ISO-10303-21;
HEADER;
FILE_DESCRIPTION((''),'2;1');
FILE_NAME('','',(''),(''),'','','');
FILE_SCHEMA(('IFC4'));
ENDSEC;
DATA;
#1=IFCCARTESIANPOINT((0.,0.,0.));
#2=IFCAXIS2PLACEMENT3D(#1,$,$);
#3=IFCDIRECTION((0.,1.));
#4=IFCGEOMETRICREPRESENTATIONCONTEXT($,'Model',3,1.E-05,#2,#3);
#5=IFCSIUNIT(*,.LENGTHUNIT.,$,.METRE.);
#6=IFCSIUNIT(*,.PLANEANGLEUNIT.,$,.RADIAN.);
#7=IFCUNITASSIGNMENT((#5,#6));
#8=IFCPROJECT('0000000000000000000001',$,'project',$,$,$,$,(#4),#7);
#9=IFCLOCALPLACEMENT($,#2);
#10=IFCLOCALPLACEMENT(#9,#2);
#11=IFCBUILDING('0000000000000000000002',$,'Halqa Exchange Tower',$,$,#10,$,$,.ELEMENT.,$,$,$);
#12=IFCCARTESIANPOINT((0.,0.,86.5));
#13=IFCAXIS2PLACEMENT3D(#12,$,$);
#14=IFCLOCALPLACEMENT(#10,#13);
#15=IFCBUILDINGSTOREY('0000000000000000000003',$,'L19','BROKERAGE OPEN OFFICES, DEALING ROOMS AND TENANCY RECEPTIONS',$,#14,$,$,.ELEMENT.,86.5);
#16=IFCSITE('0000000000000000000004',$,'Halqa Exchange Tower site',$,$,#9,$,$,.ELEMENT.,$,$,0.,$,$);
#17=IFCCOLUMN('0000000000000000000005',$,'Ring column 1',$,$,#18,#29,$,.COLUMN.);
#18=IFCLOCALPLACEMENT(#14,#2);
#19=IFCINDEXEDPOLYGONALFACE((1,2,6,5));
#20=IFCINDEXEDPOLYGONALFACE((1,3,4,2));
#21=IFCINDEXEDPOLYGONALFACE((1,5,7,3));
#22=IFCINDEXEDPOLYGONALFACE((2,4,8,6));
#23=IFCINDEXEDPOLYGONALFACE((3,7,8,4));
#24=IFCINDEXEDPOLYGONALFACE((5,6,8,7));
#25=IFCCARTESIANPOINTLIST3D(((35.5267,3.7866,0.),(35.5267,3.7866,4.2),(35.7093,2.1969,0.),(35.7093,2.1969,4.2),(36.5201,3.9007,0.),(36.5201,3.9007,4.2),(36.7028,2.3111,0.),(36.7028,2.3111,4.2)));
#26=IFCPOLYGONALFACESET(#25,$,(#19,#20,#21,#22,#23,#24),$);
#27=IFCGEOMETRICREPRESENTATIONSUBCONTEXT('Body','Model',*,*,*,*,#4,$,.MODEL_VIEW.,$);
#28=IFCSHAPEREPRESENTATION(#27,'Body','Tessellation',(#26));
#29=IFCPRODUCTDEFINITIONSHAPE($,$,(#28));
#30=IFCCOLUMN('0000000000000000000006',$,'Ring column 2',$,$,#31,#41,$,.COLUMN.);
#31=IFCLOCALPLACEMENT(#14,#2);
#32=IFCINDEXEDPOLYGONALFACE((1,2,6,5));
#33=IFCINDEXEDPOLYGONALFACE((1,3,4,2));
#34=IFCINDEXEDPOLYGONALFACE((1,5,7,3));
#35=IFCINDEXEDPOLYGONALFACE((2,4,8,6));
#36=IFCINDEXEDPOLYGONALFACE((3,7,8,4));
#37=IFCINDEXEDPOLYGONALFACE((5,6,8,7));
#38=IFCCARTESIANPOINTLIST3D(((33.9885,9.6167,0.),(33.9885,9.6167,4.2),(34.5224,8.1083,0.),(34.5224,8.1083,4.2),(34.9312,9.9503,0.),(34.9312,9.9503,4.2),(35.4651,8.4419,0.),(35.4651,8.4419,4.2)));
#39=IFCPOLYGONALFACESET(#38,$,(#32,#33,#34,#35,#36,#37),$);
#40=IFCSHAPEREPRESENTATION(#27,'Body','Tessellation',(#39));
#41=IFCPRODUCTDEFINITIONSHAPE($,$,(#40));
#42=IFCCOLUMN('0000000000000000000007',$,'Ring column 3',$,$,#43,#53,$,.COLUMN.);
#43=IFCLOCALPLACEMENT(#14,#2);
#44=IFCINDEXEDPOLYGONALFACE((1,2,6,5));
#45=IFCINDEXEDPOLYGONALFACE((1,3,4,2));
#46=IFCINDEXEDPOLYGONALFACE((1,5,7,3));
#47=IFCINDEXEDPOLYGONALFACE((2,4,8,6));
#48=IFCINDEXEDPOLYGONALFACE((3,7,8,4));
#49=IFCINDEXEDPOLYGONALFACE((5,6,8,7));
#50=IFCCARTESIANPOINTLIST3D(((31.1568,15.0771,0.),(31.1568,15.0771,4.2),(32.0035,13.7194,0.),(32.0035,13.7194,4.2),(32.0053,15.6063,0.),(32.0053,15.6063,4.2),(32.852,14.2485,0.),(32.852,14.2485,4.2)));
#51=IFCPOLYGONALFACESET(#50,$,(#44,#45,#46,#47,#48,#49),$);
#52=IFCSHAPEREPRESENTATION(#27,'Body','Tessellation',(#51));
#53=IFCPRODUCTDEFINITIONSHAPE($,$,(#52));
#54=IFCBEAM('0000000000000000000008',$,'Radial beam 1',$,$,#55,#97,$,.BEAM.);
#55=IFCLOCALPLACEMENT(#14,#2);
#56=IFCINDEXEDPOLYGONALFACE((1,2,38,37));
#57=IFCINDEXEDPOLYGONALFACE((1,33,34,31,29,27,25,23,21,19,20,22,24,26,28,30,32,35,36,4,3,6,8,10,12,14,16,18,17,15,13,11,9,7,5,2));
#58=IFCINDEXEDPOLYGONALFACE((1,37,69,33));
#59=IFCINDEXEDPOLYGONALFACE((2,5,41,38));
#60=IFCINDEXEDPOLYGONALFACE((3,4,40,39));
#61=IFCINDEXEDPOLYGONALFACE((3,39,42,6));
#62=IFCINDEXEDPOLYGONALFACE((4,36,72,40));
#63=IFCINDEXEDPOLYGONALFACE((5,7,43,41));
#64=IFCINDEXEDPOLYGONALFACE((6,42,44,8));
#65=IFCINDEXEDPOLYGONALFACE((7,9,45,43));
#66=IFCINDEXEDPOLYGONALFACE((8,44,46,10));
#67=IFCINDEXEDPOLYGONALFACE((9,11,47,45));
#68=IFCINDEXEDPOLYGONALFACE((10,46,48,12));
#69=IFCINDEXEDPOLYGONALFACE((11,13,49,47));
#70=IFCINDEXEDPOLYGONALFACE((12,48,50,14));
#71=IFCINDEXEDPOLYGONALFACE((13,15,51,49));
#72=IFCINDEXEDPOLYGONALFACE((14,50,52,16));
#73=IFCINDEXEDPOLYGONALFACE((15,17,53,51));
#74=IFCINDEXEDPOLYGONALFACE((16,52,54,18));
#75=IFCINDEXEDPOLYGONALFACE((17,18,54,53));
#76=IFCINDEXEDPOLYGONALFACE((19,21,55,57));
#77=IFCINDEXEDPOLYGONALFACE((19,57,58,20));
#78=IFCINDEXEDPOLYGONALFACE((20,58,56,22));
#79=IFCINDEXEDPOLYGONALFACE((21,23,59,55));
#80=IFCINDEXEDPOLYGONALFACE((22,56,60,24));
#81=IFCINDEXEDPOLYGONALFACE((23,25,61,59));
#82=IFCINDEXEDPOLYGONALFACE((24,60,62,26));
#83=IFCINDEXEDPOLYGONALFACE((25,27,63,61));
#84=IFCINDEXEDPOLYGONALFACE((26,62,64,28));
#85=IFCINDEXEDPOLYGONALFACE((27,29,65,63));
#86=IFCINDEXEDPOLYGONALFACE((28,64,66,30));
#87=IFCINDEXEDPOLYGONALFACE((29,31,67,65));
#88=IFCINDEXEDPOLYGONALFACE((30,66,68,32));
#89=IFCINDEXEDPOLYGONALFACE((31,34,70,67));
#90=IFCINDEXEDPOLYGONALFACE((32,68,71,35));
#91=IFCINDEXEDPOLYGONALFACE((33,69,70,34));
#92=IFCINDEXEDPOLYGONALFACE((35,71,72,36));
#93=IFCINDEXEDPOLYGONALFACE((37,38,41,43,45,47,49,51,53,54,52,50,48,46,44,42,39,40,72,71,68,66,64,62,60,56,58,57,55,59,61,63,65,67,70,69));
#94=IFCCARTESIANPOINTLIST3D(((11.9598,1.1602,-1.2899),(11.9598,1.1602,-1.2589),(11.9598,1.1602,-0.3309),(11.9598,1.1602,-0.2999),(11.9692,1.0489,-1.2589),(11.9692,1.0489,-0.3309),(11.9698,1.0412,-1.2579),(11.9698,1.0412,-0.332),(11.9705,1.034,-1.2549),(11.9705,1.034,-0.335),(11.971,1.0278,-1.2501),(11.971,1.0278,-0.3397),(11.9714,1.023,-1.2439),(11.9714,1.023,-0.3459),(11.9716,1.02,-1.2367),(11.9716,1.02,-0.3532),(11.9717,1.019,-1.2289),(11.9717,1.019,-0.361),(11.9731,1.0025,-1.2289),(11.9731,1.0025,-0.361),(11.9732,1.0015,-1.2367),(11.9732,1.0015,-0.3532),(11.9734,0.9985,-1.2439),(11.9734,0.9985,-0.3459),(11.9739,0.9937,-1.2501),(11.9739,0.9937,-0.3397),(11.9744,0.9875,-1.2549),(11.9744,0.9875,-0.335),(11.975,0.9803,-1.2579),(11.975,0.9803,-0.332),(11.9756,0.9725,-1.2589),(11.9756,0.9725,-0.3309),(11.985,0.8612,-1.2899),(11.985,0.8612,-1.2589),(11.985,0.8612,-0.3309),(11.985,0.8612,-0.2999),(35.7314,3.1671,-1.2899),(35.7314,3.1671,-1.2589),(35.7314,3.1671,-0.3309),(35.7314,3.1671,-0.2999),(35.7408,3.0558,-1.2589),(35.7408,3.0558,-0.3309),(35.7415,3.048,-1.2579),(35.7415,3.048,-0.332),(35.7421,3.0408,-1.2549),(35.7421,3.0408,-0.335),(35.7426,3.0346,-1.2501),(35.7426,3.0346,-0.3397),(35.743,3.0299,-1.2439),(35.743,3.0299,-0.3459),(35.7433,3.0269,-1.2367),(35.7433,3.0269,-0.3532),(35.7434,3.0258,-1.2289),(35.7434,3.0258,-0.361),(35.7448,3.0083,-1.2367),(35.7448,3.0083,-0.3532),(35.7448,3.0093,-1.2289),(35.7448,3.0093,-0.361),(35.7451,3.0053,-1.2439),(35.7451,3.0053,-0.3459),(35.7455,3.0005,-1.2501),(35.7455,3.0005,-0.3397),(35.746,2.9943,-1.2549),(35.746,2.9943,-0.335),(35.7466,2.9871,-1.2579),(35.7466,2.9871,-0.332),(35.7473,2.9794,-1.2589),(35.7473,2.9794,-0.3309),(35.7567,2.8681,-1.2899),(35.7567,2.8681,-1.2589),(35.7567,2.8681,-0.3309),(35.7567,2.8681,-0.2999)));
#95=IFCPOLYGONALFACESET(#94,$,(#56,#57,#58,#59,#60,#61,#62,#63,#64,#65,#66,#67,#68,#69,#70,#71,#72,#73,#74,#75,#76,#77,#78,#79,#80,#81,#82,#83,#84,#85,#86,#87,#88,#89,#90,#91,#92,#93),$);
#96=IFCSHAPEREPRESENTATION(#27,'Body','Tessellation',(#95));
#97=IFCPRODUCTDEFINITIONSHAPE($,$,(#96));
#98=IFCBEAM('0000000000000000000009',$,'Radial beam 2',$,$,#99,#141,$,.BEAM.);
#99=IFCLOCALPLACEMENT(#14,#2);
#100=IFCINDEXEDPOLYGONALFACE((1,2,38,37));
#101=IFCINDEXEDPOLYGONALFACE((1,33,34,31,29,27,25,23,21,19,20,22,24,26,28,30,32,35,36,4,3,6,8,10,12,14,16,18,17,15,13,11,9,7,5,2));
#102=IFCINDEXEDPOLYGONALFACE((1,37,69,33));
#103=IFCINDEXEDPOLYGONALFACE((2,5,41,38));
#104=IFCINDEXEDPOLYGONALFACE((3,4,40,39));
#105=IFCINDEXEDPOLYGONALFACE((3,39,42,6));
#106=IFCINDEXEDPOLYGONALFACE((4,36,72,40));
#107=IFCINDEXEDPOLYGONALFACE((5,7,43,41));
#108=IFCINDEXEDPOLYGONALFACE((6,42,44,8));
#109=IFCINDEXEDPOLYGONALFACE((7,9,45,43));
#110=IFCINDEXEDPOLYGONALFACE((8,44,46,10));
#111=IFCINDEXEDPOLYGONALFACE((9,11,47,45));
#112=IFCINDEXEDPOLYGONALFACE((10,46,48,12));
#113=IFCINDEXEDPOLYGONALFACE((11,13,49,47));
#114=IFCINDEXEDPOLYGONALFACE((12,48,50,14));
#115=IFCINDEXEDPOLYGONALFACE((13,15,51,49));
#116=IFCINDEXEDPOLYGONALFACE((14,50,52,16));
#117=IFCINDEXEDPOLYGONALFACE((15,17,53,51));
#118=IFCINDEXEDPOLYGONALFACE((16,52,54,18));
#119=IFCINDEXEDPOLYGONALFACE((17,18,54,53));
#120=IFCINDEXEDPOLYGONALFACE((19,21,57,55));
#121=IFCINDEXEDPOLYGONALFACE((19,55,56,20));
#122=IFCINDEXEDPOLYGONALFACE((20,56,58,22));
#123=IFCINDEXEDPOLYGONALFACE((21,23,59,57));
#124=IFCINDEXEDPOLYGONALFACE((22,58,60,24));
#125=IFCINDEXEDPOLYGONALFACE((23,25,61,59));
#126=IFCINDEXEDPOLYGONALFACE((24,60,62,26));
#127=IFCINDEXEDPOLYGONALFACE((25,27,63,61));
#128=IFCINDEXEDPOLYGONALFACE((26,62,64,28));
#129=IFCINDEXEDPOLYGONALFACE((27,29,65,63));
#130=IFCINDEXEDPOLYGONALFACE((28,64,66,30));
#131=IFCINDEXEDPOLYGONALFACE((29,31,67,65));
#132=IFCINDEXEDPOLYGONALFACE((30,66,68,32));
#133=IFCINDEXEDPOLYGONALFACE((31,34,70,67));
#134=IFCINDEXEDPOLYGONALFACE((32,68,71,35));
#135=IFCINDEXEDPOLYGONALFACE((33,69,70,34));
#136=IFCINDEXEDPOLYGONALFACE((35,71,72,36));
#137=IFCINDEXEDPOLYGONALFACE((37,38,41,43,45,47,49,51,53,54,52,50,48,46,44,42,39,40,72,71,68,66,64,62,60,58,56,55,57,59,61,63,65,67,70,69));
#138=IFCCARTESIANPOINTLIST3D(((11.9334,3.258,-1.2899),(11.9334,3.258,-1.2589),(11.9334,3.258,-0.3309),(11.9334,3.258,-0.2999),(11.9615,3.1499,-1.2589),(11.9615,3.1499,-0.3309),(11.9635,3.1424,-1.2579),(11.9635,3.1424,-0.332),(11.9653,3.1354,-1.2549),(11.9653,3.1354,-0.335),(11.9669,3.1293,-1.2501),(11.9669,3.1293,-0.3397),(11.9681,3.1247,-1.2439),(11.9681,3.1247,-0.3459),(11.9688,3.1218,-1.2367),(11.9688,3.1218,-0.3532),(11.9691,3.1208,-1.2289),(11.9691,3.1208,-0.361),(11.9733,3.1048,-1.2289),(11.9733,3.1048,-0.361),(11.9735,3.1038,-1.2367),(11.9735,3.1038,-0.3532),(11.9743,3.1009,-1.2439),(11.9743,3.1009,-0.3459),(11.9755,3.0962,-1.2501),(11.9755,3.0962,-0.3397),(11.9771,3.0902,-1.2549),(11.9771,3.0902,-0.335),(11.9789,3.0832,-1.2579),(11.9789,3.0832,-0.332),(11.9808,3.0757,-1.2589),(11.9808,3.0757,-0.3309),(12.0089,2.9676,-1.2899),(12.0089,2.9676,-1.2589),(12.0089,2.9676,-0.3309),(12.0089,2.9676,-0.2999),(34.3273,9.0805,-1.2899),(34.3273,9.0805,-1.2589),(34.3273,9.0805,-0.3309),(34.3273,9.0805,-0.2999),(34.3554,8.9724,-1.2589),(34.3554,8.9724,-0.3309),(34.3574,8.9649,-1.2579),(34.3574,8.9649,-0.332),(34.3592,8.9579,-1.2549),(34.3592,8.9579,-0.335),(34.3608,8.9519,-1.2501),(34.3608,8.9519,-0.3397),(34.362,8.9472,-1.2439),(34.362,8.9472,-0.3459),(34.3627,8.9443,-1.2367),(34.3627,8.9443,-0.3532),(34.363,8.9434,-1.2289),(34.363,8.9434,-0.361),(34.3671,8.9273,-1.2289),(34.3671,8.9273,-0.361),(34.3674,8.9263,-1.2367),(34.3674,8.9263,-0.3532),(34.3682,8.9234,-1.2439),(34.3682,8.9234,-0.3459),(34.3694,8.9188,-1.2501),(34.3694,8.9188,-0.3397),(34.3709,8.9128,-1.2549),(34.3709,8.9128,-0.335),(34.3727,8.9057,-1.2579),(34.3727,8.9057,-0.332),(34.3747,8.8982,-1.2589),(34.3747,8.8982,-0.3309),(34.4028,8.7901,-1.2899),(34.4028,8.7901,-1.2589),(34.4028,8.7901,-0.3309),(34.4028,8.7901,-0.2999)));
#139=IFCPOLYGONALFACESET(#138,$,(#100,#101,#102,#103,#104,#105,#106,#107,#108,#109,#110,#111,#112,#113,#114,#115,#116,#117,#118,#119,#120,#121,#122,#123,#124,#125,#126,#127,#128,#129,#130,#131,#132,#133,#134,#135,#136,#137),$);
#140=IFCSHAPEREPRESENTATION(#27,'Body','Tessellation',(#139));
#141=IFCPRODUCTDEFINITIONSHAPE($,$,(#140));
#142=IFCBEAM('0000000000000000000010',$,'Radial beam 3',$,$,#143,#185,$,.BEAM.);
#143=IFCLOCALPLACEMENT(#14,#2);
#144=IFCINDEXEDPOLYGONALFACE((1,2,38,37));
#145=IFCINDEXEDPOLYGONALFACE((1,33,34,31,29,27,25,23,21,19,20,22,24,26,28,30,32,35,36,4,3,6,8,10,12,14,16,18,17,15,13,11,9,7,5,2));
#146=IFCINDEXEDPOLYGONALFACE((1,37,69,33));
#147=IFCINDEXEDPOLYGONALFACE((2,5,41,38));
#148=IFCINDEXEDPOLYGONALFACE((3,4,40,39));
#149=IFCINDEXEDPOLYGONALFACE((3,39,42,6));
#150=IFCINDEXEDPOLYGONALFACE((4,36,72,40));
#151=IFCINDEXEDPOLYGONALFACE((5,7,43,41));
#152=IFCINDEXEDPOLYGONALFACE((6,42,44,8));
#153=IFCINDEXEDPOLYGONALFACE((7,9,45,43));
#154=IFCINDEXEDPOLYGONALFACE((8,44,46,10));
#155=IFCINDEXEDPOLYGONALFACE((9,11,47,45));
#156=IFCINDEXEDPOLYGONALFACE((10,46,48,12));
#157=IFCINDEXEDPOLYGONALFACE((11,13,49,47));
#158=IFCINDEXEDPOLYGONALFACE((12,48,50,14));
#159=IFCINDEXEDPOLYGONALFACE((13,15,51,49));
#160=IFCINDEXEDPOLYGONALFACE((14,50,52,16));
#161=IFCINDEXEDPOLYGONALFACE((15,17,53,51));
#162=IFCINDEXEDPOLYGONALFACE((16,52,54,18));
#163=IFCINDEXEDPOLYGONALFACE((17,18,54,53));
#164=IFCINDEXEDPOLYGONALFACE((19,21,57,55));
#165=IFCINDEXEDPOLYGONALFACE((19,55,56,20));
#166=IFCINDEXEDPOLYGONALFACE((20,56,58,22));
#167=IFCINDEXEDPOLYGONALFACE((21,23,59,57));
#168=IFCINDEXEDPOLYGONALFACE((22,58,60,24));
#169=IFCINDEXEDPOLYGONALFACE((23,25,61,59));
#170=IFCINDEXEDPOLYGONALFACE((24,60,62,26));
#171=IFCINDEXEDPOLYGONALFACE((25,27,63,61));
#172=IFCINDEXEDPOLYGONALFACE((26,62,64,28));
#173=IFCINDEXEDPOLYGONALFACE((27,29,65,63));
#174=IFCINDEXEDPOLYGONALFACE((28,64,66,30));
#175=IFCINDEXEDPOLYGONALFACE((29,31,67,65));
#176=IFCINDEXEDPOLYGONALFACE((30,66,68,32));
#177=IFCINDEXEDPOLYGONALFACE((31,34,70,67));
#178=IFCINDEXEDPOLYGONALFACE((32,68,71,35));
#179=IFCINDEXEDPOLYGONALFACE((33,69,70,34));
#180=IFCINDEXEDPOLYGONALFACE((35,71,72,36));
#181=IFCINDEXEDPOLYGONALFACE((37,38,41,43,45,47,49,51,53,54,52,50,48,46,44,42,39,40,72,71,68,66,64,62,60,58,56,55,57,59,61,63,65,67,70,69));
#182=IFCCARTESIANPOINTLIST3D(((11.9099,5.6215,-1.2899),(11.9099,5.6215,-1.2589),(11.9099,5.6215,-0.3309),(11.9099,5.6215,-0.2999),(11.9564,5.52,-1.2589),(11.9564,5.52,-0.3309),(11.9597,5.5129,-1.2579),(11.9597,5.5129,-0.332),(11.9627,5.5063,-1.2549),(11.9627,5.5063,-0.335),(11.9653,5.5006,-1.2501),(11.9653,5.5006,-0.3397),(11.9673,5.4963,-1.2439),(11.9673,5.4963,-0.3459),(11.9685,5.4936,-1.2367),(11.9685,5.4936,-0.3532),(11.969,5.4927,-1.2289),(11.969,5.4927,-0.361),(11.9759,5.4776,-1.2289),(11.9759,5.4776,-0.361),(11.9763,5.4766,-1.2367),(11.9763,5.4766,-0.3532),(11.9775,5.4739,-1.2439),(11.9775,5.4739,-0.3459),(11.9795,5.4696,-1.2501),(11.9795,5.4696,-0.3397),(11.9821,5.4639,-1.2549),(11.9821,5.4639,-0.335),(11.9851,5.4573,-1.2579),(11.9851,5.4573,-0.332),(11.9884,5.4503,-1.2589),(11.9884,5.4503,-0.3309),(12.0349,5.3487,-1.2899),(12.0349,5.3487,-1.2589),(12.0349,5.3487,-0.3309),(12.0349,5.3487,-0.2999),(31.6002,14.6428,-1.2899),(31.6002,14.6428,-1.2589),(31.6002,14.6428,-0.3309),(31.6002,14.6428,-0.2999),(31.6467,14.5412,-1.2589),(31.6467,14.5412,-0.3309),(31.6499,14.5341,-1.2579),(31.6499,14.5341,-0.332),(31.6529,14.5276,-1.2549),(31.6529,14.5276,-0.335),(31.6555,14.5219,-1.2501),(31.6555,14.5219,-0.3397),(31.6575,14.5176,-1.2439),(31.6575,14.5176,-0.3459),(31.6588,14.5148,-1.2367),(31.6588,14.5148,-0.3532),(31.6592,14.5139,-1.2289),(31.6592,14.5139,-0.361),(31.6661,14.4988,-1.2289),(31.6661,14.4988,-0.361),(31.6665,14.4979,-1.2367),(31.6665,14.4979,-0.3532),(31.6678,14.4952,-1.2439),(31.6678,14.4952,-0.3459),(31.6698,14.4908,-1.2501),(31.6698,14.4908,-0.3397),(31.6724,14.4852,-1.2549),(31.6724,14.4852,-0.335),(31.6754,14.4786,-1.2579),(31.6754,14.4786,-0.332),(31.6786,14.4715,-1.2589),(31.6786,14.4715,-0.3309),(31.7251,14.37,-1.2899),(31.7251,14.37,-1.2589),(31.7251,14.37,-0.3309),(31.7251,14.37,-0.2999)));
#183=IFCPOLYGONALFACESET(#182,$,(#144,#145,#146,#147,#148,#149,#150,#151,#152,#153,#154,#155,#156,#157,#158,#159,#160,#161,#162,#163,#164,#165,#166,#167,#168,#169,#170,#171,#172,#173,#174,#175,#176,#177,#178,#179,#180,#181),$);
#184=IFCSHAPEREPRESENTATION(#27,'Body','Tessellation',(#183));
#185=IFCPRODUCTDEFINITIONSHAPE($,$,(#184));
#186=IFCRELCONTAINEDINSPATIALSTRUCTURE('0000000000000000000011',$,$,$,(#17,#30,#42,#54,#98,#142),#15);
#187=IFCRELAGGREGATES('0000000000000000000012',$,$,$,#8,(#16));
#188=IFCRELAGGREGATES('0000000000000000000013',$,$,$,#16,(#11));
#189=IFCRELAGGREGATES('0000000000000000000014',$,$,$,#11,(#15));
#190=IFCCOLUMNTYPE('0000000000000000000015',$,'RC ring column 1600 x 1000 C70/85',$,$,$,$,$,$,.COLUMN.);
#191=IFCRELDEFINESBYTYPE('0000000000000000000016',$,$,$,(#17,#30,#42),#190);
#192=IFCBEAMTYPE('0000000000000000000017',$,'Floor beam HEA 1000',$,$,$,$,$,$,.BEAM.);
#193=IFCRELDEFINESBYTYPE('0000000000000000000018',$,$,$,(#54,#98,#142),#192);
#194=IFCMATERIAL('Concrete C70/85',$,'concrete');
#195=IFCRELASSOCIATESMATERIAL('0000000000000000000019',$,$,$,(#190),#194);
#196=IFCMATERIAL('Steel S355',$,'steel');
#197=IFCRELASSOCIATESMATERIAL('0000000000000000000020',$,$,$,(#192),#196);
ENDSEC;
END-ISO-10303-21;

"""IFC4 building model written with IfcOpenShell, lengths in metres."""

from ifc_helpers import new_model, si_unit, direction, frame, origin, origin_2d, place, context, subcontext, project, spatial, rectangle, i_section, extrude, material, material_profile, profile_set, type_object, element, save


model = new_model("IFC4")

# Units and contexts
model_context = context("Model", 3, precision=1e-05, world=origin(), true_north=direction((0.0, 1.0)))
body_context = subcontext(model_context, "Body", "Model", "MODEL_VIEW")
ifc_project = project(units=[si_unit("LENGTHUNIT", "METRE"), si_unit("PLANEANGLEUNIT", "RADIAN")], contexts=[model_context])

# Site, building, storey
site_placement = place(None, origin())
site = spatial("IfcSite", under=ifc_project, at=site_placement, Name="Halqa Exchange Tower site", CompositionType="ELEMENT", RefElevation=0.0)
building_placement = place(site_placement, origin())
building = spatial("IfcBuilding", under=site, at=building_placement, Name="Halqa Exchange Tower", CompositionType="ELEMENT")
storey_placement = place(building_placement, frame((0.0, 0.0, 86.5)))
storey = spatial("IfcBuildingStorey", under=building, at=storey_placement, Name="L19", Description="BROKERAGE OPEN OFFICES, DEALING ROOMS AND TENANCY RECEPTIONS", CompositionType="ELEMENT", Elevation=86.5)

# Columns
ifc_material_1 = material(Name="Concrete C70/85", Category="concrete")
ifc_material_profile_1 = material_profile(ifc_material_1, rectangle(XDim=1.6001, YDim=1.0, at=origin_2d()), Name="1600 x 1000")
ifc_profile_set_1 = profile_set([ifc_material_profile_1], Name="Concrete C70/85")
column_type = type_object("IfcColumnType", Name="RC ring column 1600 x 1000 C70/85", PredefinedType="COLUMN", material=ifc_profile_set_1)
for number, where, z_axis, x_axis, name in (
    (1, (36.1147, 3.0488, 0.0), (0.0, 0.0, 1.0), (-0.114157, 0.993463, 0.0), "Ring column 1"),
    (2, (34.7268, 9.0293, 0.0), (0.0, 0.0, 1.0), (-0.333631, 0.942704, 0.0), "Ring column 2"),
    (3, (32.0044, 14.6628, 0.0), (0.0, 0.0, 1.0), (-0.52914, 0.848534, 0.0), "Ring column 3"),
):
    element("IfcColumn", number, at=place(storey_placement, frame(where, z_axis=z_axis, x_axis=x_axis)), inside=storey, type_object=column_type, Name=name, PredefinedType="COLUMN", context=body_context, shape_type="SweptSolid", body=[
        extrude(rectangle(XDim=1.6001, YDim=1.0, at=origin_2d()), origin(), (0.0, 0.0, 1.0), 4.2),
    ])

# Beams
ifc_material_2 = material(Name="Steel S355", Category="steel")
ifc_material_profile_2 = material_profile(ifc_material_2, i_section(OverallWidth=0.3, OverallDepth=0.99, WebThickness=0.0166, FlangeThickness=0.031, FilletRadius=0.03, at=origin_2d()), Name="HEA 1000")
ifc_profile_set_2 = profile_set([ifc_material_profile_2], Name="Steel S355")
beam_type_1 = type_object("IfcBeamType", Name="Floor beam HEA 1000", PredefinedType="BEAM", material=ifc_profile_set_2)
beam_1_placement = place(storey_placement, frame((11.9724, 1.0107, -0.7949), z_axis=(0.996455, 0.084122, 0.0), x_axis=(-0.084122, 0.996455, 0.0)))
element("IfcBeam", 4, at=beam_1_placement, inside=storey, type_object=beam_type_1, Name="Radial beam 1", PredefinedType="BEAM", context=body_context, shape_type="SweptSolid", body=[
    extrude(i_section(OverallWidth=0.3, OverallDepth=0.99, WebThickness=0.0166, FlangeThickness=0.031, FilletRadius=0.03, at=origin_2d()), origin(), (0.0, 0.0, 1.0), 23.8562),
])
beam_2_placement = place(storey_placement, frame((11.9712, 3.1128, -0.7949), z_axis=(0.967821, 0.251639, 0.0), x_axis=(-0.251639, 0.967821, 0.0)))
element("IfcBeam", 5, at=beam_2_placement, inside=storey, type_object=beam_type_1, Name="Radial beam 2", PredefinedType="BEAM", context=body_context, shape_type="SweptSolid", body=[
    extrude(i_section(OverallWidth=0.3, OverallDepth=0.99, WebThickness=0.0166, FlangeThickness=0.031, FilletRadius=0.03, at=origin_2d()), origin(), (0.0, 0.0, 1.0), 23.1384),
])
beam_3_placement = place(storey_placement, frame((11.9724, 5.4851, -0.7949), z_axis=(0.909125, 0.416524, 0.0), x_axis=(-0.416524, 0.909125, 0.0)))
element("IfcBeam", 6, at=beam_3_placement, inside=storey, type_object=beam_type_1, Name="Radial beam 3", PredefinedType="BEAM", context=body_context, shape_type="SweptSolid", body=[
    extrude(i_section(OverallWidth=0.3, OverallDepth=0.99, WebThickness=0.0166, FlangeThickness=0.031, FilletRadius=0.03, at=origin_2d()), origin(), (0.0, 0.0, 1.0), 21.6584),
])

save(model, "model.ifc")
